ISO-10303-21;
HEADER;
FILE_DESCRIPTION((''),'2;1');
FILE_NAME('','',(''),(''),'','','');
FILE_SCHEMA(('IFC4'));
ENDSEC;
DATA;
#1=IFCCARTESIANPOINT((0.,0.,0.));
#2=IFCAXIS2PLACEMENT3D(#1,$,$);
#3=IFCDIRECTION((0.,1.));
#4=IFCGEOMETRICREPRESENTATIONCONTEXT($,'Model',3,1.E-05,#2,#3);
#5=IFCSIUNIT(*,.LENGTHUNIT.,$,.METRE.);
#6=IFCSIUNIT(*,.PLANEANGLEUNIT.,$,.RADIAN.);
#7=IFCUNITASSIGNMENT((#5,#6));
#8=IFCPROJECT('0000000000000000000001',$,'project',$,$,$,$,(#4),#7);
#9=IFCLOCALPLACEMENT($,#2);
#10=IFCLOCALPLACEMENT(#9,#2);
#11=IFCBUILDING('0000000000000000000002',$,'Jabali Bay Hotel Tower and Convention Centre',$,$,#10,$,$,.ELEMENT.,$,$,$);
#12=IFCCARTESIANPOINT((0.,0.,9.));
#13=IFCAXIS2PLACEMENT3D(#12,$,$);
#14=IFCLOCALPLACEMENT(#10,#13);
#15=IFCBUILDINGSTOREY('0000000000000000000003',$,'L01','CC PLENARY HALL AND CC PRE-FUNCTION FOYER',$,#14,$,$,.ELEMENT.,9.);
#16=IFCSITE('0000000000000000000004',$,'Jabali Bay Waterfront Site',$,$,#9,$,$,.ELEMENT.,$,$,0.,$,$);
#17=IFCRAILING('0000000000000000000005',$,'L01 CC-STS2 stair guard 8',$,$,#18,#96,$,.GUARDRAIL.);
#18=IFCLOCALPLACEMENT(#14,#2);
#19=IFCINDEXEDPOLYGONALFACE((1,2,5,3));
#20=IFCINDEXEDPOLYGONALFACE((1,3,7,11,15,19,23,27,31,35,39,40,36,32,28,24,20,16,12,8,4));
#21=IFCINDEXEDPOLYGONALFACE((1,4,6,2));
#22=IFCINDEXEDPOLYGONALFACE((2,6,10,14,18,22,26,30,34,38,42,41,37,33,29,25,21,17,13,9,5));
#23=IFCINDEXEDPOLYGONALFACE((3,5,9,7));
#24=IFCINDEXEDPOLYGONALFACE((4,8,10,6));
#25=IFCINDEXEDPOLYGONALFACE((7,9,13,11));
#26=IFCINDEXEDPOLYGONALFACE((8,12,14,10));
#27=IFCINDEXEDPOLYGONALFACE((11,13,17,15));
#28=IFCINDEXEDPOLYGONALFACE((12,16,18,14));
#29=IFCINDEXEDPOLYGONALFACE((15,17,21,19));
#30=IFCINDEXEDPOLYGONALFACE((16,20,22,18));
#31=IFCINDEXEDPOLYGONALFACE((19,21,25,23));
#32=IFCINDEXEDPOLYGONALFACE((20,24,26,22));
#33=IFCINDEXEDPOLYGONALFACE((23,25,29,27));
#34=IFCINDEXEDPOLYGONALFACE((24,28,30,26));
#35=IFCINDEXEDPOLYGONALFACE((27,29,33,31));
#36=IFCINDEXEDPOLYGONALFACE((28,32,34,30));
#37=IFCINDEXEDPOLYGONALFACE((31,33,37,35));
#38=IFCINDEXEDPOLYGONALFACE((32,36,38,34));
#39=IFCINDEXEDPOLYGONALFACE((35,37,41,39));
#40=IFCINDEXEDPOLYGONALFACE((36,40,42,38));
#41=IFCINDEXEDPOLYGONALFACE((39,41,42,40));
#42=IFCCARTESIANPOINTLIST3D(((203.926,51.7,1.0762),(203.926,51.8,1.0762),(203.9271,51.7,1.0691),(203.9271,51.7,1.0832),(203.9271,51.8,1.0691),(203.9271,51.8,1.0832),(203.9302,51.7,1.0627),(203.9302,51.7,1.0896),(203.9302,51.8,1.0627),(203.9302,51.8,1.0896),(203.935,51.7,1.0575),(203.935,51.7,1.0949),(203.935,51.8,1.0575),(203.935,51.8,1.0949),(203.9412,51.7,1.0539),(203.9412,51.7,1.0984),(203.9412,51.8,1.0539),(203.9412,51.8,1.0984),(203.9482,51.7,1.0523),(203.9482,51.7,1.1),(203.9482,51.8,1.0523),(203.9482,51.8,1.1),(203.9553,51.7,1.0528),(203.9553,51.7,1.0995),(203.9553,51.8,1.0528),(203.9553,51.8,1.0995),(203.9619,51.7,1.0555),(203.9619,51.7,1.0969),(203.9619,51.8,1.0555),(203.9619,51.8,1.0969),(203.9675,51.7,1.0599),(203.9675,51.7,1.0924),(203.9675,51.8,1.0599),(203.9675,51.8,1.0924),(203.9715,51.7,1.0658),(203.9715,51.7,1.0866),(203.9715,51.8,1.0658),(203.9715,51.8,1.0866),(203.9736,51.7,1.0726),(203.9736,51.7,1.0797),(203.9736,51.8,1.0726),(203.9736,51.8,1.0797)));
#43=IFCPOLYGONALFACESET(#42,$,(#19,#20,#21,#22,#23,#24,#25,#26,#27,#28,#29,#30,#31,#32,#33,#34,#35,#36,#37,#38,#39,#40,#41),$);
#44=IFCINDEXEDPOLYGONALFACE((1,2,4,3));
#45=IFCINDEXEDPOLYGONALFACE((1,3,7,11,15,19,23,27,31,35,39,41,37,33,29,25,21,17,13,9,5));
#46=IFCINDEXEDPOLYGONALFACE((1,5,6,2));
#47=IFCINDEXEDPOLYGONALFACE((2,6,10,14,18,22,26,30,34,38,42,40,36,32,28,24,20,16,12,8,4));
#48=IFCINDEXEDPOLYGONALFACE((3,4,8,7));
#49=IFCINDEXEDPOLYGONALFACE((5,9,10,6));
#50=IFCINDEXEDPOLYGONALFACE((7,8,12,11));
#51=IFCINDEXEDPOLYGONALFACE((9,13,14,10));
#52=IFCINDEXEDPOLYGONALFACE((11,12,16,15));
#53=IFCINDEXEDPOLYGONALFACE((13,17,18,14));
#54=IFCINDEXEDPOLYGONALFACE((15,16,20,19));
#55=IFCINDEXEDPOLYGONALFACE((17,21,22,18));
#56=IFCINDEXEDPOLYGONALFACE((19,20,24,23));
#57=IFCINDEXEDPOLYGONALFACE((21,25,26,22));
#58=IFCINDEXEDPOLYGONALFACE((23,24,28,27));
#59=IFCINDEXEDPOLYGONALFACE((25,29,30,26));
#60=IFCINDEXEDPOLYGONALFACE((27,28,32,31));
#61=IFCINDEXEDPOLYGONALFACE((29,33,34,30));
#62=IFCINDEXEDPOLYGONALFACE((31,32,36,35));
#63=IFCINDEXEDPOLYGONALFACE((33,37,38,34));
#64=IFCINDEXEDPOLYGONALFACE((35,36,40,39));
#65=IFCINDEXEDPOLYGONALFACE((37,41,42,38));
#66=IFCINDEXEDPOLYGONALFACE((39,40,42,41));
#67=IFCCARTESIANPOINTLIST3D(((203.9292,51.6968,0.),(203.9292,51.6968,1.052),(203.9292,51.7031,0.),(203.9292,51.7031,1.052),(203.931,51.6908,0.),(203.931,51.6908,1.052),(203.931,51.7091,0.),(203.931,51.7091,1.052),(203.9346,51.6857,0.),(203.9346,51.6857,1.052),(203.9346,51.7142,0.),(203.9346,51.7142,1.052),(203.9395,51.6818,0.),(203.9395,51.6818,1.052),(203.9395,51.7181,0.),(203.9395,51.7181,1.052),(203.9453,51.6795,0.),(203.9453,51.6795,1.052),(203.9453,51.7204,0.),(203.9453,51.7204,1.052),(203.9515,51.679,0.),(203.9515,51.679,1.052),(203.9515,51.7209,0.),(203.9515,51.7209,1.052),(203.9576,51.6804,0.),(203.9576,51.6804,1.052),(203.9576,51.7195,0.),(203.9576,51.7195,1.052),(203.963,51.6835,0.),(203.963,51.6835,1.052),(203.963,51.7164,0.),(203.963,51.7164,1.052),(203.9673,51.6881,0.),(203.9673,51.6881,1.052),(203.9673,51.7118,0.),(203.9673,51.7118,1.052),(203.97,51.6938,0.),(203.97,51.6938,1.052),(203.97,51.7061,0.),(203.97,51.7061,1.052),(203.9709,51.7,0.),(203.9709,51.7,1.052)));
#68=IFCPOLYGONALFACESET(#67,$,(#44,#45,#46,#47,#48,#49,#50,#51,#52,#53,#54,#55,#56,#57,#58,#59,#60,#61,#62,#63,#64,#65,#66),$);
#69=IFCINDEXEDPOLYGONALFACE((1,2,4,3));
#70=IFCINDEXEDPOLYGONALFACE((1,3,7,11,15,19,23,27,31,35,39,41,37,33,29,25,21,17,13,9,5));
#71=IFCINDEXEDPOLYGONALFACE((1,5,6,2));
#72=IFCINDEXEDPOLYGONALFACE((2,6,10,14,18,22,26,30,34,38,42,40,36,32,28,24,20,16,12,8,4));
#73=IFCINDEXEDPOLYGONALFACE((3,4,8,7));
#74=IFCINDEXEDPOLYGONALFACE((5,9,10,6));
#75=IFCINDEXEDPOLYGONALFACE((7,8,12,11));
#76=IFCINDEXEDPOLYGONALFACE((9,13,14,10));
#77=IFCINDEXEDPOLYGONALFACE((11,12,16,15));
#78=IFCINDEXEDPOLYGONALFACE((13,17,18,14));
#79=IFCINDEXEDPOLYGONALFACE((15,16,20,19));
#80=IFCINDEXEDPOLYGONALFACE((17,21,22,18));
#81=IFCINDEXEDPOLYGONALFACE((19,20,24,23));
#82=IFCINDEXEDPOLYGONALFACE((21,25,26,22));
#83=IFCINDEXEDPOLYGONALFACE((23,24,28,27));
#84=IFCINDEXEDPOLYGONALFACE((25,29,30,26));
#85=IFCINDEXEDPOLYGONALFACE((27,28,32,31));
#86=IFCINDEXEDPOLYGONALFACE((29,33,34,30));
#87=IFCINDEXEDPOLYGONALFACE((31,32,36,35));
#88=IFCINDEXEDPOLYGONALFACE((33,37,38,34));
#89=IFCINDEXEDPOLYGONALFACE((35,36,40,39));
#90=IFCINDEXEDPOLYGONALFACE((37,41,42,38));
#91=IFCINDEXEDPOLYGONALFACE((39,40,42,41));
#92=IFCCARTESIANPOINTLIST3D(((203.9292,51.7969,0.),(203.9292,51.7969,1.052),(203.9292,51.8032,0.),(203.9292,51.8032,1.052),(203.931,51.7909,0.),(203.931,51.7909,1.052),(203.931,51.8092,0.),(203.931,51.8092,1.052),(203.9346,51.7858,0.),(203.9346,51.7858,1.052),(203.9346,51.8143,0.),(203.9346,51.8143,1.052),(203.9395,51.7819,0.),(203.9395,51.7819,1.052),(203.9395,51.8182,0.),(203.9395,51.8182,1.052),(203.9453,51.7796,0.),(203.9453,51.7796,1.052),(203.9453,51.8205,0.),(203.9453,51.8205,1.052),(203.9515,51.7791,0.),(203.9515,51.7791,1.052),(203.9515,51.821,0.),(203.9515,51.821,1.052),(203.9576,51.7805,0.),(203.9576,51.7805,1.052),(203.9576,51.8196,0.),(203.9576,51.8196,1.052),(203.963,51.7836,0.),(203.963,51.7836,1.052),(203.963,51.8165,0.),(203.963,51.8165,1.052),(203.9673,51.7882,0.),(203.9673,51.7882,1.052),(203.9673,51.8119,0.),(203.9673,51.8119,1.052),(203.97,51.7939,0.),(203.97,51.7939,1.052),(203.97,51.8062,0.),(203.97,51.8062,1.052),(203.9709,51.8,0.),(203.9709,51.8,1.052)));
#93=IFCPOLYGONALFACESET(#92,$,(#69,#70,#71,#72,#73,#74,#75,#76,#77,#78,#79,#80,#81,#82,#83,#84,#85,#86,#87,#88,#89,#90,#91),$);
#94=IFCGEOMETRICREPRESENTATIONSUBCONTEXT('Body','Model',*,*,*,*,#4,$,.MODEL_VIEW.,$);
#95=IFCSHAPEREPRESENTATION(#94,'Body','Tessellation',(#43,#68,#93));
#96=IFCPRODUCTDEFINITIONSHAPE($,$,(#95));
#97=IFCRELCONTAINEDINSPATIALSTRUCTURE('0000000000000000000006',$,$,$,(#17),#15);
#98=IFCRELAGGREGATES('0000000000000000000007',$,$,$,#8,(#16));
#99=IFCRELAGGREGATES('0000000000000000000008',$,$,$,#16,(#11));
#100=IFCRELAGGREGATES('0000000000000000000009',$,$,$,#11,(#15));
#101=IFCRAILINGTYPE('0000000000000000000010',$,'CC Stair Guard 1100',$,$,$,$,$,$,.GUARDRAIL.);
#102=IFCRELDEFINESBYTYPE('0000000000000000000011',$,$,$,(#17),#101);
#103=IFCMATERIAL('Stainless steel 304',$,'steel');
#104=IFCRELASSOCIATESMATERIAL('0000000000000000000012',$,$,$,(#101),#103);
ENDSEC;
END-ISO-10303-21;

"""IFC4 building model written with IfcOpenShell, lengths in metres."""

from ifc_helpers import new_model, si_unit, direction, frame, origin, origin_2d, place, context, subcontext, project, spatial, circle, extrude, material, type_object, element, save


model = new_model("IFC4")

# Units and contexts
model_context = context("Model", 3, precision=1e-05, world=origin(), true_north=direction((0.0, 1.0)))
body_context = subcontext(model_context, "Body", "Model", "MODEL_VIEW")
ifc_project = project(units=[si_unit("LENGTHUNIT", "METRE"), si_unit("PLANEANGLEUNIT", "RADIAN")], contexts=[model_context])

# Site, building, storey
site_placement = place(None, origin())
site = spatial("IfcSite", under=ifc_project, at=site_placement, Name="Jabali Bay Waterfront Site", CompositionType="ELEMENT", RefElevation=0.0)
building_placement = place(site_placement, origin())
building = spatial("IfcBuilding", under=site, at=building_placement, Name="Jabali Bay Hotel Tower and Convention Centre", CompositionType="ELEMENT")
storey_placement = place(building_placement, frame((0.0, 0.0, 9.0)))
storey = spatial("IfcBuildingStorey", under=building, at=storey_placement, Name="L01", Description="CC PLENARY HALL AND CC PRE-FUNCTION FOYER", CompositionType="ELEMENT", Elevation=9.0)

# Railing
ifc_material_1 = material(Name="Stainless steel 304", Category="steel")
railing_type_1 = type_object("IfcRailingType", Name="CC Stair Guard 1100", PredefinedType="GUARDRAIL", material=ifc_material_1)
railing_1_placement = place(storey_placement, frame((203.95, 51.7, 0.0)))
element("IfcRailing", 1, at=railing_1_placement, inside=storey, type_object=railing_type_1, Name="L01 CC-STS2 stair guard 8", PredefinedType="GUARDRAIL", context=body_context, shape_type="SweptSolid", body=[
    extrude(circle(Radius=0.0239, at=origin_2d()), frame((0.0, 0.0, 1.0762), z_axis=(0.0, 1.0, 0.0), x_axis=(-1.0, 0.0, 0.0)), (0.0, 0.0, 1.0), 0.1001),
    extrude(circle(Radius=0.021, at=origin_2d()), origin(), (0.0, 0.0, 1.0), 1.052),
    extrude(circle(Radius=0.021, at=origin_2d()), frame((0.0, 0.1001, 0.0)), (0.0, 0.0, 1.0), 1.052),
])

save(model, "model.ifc")
